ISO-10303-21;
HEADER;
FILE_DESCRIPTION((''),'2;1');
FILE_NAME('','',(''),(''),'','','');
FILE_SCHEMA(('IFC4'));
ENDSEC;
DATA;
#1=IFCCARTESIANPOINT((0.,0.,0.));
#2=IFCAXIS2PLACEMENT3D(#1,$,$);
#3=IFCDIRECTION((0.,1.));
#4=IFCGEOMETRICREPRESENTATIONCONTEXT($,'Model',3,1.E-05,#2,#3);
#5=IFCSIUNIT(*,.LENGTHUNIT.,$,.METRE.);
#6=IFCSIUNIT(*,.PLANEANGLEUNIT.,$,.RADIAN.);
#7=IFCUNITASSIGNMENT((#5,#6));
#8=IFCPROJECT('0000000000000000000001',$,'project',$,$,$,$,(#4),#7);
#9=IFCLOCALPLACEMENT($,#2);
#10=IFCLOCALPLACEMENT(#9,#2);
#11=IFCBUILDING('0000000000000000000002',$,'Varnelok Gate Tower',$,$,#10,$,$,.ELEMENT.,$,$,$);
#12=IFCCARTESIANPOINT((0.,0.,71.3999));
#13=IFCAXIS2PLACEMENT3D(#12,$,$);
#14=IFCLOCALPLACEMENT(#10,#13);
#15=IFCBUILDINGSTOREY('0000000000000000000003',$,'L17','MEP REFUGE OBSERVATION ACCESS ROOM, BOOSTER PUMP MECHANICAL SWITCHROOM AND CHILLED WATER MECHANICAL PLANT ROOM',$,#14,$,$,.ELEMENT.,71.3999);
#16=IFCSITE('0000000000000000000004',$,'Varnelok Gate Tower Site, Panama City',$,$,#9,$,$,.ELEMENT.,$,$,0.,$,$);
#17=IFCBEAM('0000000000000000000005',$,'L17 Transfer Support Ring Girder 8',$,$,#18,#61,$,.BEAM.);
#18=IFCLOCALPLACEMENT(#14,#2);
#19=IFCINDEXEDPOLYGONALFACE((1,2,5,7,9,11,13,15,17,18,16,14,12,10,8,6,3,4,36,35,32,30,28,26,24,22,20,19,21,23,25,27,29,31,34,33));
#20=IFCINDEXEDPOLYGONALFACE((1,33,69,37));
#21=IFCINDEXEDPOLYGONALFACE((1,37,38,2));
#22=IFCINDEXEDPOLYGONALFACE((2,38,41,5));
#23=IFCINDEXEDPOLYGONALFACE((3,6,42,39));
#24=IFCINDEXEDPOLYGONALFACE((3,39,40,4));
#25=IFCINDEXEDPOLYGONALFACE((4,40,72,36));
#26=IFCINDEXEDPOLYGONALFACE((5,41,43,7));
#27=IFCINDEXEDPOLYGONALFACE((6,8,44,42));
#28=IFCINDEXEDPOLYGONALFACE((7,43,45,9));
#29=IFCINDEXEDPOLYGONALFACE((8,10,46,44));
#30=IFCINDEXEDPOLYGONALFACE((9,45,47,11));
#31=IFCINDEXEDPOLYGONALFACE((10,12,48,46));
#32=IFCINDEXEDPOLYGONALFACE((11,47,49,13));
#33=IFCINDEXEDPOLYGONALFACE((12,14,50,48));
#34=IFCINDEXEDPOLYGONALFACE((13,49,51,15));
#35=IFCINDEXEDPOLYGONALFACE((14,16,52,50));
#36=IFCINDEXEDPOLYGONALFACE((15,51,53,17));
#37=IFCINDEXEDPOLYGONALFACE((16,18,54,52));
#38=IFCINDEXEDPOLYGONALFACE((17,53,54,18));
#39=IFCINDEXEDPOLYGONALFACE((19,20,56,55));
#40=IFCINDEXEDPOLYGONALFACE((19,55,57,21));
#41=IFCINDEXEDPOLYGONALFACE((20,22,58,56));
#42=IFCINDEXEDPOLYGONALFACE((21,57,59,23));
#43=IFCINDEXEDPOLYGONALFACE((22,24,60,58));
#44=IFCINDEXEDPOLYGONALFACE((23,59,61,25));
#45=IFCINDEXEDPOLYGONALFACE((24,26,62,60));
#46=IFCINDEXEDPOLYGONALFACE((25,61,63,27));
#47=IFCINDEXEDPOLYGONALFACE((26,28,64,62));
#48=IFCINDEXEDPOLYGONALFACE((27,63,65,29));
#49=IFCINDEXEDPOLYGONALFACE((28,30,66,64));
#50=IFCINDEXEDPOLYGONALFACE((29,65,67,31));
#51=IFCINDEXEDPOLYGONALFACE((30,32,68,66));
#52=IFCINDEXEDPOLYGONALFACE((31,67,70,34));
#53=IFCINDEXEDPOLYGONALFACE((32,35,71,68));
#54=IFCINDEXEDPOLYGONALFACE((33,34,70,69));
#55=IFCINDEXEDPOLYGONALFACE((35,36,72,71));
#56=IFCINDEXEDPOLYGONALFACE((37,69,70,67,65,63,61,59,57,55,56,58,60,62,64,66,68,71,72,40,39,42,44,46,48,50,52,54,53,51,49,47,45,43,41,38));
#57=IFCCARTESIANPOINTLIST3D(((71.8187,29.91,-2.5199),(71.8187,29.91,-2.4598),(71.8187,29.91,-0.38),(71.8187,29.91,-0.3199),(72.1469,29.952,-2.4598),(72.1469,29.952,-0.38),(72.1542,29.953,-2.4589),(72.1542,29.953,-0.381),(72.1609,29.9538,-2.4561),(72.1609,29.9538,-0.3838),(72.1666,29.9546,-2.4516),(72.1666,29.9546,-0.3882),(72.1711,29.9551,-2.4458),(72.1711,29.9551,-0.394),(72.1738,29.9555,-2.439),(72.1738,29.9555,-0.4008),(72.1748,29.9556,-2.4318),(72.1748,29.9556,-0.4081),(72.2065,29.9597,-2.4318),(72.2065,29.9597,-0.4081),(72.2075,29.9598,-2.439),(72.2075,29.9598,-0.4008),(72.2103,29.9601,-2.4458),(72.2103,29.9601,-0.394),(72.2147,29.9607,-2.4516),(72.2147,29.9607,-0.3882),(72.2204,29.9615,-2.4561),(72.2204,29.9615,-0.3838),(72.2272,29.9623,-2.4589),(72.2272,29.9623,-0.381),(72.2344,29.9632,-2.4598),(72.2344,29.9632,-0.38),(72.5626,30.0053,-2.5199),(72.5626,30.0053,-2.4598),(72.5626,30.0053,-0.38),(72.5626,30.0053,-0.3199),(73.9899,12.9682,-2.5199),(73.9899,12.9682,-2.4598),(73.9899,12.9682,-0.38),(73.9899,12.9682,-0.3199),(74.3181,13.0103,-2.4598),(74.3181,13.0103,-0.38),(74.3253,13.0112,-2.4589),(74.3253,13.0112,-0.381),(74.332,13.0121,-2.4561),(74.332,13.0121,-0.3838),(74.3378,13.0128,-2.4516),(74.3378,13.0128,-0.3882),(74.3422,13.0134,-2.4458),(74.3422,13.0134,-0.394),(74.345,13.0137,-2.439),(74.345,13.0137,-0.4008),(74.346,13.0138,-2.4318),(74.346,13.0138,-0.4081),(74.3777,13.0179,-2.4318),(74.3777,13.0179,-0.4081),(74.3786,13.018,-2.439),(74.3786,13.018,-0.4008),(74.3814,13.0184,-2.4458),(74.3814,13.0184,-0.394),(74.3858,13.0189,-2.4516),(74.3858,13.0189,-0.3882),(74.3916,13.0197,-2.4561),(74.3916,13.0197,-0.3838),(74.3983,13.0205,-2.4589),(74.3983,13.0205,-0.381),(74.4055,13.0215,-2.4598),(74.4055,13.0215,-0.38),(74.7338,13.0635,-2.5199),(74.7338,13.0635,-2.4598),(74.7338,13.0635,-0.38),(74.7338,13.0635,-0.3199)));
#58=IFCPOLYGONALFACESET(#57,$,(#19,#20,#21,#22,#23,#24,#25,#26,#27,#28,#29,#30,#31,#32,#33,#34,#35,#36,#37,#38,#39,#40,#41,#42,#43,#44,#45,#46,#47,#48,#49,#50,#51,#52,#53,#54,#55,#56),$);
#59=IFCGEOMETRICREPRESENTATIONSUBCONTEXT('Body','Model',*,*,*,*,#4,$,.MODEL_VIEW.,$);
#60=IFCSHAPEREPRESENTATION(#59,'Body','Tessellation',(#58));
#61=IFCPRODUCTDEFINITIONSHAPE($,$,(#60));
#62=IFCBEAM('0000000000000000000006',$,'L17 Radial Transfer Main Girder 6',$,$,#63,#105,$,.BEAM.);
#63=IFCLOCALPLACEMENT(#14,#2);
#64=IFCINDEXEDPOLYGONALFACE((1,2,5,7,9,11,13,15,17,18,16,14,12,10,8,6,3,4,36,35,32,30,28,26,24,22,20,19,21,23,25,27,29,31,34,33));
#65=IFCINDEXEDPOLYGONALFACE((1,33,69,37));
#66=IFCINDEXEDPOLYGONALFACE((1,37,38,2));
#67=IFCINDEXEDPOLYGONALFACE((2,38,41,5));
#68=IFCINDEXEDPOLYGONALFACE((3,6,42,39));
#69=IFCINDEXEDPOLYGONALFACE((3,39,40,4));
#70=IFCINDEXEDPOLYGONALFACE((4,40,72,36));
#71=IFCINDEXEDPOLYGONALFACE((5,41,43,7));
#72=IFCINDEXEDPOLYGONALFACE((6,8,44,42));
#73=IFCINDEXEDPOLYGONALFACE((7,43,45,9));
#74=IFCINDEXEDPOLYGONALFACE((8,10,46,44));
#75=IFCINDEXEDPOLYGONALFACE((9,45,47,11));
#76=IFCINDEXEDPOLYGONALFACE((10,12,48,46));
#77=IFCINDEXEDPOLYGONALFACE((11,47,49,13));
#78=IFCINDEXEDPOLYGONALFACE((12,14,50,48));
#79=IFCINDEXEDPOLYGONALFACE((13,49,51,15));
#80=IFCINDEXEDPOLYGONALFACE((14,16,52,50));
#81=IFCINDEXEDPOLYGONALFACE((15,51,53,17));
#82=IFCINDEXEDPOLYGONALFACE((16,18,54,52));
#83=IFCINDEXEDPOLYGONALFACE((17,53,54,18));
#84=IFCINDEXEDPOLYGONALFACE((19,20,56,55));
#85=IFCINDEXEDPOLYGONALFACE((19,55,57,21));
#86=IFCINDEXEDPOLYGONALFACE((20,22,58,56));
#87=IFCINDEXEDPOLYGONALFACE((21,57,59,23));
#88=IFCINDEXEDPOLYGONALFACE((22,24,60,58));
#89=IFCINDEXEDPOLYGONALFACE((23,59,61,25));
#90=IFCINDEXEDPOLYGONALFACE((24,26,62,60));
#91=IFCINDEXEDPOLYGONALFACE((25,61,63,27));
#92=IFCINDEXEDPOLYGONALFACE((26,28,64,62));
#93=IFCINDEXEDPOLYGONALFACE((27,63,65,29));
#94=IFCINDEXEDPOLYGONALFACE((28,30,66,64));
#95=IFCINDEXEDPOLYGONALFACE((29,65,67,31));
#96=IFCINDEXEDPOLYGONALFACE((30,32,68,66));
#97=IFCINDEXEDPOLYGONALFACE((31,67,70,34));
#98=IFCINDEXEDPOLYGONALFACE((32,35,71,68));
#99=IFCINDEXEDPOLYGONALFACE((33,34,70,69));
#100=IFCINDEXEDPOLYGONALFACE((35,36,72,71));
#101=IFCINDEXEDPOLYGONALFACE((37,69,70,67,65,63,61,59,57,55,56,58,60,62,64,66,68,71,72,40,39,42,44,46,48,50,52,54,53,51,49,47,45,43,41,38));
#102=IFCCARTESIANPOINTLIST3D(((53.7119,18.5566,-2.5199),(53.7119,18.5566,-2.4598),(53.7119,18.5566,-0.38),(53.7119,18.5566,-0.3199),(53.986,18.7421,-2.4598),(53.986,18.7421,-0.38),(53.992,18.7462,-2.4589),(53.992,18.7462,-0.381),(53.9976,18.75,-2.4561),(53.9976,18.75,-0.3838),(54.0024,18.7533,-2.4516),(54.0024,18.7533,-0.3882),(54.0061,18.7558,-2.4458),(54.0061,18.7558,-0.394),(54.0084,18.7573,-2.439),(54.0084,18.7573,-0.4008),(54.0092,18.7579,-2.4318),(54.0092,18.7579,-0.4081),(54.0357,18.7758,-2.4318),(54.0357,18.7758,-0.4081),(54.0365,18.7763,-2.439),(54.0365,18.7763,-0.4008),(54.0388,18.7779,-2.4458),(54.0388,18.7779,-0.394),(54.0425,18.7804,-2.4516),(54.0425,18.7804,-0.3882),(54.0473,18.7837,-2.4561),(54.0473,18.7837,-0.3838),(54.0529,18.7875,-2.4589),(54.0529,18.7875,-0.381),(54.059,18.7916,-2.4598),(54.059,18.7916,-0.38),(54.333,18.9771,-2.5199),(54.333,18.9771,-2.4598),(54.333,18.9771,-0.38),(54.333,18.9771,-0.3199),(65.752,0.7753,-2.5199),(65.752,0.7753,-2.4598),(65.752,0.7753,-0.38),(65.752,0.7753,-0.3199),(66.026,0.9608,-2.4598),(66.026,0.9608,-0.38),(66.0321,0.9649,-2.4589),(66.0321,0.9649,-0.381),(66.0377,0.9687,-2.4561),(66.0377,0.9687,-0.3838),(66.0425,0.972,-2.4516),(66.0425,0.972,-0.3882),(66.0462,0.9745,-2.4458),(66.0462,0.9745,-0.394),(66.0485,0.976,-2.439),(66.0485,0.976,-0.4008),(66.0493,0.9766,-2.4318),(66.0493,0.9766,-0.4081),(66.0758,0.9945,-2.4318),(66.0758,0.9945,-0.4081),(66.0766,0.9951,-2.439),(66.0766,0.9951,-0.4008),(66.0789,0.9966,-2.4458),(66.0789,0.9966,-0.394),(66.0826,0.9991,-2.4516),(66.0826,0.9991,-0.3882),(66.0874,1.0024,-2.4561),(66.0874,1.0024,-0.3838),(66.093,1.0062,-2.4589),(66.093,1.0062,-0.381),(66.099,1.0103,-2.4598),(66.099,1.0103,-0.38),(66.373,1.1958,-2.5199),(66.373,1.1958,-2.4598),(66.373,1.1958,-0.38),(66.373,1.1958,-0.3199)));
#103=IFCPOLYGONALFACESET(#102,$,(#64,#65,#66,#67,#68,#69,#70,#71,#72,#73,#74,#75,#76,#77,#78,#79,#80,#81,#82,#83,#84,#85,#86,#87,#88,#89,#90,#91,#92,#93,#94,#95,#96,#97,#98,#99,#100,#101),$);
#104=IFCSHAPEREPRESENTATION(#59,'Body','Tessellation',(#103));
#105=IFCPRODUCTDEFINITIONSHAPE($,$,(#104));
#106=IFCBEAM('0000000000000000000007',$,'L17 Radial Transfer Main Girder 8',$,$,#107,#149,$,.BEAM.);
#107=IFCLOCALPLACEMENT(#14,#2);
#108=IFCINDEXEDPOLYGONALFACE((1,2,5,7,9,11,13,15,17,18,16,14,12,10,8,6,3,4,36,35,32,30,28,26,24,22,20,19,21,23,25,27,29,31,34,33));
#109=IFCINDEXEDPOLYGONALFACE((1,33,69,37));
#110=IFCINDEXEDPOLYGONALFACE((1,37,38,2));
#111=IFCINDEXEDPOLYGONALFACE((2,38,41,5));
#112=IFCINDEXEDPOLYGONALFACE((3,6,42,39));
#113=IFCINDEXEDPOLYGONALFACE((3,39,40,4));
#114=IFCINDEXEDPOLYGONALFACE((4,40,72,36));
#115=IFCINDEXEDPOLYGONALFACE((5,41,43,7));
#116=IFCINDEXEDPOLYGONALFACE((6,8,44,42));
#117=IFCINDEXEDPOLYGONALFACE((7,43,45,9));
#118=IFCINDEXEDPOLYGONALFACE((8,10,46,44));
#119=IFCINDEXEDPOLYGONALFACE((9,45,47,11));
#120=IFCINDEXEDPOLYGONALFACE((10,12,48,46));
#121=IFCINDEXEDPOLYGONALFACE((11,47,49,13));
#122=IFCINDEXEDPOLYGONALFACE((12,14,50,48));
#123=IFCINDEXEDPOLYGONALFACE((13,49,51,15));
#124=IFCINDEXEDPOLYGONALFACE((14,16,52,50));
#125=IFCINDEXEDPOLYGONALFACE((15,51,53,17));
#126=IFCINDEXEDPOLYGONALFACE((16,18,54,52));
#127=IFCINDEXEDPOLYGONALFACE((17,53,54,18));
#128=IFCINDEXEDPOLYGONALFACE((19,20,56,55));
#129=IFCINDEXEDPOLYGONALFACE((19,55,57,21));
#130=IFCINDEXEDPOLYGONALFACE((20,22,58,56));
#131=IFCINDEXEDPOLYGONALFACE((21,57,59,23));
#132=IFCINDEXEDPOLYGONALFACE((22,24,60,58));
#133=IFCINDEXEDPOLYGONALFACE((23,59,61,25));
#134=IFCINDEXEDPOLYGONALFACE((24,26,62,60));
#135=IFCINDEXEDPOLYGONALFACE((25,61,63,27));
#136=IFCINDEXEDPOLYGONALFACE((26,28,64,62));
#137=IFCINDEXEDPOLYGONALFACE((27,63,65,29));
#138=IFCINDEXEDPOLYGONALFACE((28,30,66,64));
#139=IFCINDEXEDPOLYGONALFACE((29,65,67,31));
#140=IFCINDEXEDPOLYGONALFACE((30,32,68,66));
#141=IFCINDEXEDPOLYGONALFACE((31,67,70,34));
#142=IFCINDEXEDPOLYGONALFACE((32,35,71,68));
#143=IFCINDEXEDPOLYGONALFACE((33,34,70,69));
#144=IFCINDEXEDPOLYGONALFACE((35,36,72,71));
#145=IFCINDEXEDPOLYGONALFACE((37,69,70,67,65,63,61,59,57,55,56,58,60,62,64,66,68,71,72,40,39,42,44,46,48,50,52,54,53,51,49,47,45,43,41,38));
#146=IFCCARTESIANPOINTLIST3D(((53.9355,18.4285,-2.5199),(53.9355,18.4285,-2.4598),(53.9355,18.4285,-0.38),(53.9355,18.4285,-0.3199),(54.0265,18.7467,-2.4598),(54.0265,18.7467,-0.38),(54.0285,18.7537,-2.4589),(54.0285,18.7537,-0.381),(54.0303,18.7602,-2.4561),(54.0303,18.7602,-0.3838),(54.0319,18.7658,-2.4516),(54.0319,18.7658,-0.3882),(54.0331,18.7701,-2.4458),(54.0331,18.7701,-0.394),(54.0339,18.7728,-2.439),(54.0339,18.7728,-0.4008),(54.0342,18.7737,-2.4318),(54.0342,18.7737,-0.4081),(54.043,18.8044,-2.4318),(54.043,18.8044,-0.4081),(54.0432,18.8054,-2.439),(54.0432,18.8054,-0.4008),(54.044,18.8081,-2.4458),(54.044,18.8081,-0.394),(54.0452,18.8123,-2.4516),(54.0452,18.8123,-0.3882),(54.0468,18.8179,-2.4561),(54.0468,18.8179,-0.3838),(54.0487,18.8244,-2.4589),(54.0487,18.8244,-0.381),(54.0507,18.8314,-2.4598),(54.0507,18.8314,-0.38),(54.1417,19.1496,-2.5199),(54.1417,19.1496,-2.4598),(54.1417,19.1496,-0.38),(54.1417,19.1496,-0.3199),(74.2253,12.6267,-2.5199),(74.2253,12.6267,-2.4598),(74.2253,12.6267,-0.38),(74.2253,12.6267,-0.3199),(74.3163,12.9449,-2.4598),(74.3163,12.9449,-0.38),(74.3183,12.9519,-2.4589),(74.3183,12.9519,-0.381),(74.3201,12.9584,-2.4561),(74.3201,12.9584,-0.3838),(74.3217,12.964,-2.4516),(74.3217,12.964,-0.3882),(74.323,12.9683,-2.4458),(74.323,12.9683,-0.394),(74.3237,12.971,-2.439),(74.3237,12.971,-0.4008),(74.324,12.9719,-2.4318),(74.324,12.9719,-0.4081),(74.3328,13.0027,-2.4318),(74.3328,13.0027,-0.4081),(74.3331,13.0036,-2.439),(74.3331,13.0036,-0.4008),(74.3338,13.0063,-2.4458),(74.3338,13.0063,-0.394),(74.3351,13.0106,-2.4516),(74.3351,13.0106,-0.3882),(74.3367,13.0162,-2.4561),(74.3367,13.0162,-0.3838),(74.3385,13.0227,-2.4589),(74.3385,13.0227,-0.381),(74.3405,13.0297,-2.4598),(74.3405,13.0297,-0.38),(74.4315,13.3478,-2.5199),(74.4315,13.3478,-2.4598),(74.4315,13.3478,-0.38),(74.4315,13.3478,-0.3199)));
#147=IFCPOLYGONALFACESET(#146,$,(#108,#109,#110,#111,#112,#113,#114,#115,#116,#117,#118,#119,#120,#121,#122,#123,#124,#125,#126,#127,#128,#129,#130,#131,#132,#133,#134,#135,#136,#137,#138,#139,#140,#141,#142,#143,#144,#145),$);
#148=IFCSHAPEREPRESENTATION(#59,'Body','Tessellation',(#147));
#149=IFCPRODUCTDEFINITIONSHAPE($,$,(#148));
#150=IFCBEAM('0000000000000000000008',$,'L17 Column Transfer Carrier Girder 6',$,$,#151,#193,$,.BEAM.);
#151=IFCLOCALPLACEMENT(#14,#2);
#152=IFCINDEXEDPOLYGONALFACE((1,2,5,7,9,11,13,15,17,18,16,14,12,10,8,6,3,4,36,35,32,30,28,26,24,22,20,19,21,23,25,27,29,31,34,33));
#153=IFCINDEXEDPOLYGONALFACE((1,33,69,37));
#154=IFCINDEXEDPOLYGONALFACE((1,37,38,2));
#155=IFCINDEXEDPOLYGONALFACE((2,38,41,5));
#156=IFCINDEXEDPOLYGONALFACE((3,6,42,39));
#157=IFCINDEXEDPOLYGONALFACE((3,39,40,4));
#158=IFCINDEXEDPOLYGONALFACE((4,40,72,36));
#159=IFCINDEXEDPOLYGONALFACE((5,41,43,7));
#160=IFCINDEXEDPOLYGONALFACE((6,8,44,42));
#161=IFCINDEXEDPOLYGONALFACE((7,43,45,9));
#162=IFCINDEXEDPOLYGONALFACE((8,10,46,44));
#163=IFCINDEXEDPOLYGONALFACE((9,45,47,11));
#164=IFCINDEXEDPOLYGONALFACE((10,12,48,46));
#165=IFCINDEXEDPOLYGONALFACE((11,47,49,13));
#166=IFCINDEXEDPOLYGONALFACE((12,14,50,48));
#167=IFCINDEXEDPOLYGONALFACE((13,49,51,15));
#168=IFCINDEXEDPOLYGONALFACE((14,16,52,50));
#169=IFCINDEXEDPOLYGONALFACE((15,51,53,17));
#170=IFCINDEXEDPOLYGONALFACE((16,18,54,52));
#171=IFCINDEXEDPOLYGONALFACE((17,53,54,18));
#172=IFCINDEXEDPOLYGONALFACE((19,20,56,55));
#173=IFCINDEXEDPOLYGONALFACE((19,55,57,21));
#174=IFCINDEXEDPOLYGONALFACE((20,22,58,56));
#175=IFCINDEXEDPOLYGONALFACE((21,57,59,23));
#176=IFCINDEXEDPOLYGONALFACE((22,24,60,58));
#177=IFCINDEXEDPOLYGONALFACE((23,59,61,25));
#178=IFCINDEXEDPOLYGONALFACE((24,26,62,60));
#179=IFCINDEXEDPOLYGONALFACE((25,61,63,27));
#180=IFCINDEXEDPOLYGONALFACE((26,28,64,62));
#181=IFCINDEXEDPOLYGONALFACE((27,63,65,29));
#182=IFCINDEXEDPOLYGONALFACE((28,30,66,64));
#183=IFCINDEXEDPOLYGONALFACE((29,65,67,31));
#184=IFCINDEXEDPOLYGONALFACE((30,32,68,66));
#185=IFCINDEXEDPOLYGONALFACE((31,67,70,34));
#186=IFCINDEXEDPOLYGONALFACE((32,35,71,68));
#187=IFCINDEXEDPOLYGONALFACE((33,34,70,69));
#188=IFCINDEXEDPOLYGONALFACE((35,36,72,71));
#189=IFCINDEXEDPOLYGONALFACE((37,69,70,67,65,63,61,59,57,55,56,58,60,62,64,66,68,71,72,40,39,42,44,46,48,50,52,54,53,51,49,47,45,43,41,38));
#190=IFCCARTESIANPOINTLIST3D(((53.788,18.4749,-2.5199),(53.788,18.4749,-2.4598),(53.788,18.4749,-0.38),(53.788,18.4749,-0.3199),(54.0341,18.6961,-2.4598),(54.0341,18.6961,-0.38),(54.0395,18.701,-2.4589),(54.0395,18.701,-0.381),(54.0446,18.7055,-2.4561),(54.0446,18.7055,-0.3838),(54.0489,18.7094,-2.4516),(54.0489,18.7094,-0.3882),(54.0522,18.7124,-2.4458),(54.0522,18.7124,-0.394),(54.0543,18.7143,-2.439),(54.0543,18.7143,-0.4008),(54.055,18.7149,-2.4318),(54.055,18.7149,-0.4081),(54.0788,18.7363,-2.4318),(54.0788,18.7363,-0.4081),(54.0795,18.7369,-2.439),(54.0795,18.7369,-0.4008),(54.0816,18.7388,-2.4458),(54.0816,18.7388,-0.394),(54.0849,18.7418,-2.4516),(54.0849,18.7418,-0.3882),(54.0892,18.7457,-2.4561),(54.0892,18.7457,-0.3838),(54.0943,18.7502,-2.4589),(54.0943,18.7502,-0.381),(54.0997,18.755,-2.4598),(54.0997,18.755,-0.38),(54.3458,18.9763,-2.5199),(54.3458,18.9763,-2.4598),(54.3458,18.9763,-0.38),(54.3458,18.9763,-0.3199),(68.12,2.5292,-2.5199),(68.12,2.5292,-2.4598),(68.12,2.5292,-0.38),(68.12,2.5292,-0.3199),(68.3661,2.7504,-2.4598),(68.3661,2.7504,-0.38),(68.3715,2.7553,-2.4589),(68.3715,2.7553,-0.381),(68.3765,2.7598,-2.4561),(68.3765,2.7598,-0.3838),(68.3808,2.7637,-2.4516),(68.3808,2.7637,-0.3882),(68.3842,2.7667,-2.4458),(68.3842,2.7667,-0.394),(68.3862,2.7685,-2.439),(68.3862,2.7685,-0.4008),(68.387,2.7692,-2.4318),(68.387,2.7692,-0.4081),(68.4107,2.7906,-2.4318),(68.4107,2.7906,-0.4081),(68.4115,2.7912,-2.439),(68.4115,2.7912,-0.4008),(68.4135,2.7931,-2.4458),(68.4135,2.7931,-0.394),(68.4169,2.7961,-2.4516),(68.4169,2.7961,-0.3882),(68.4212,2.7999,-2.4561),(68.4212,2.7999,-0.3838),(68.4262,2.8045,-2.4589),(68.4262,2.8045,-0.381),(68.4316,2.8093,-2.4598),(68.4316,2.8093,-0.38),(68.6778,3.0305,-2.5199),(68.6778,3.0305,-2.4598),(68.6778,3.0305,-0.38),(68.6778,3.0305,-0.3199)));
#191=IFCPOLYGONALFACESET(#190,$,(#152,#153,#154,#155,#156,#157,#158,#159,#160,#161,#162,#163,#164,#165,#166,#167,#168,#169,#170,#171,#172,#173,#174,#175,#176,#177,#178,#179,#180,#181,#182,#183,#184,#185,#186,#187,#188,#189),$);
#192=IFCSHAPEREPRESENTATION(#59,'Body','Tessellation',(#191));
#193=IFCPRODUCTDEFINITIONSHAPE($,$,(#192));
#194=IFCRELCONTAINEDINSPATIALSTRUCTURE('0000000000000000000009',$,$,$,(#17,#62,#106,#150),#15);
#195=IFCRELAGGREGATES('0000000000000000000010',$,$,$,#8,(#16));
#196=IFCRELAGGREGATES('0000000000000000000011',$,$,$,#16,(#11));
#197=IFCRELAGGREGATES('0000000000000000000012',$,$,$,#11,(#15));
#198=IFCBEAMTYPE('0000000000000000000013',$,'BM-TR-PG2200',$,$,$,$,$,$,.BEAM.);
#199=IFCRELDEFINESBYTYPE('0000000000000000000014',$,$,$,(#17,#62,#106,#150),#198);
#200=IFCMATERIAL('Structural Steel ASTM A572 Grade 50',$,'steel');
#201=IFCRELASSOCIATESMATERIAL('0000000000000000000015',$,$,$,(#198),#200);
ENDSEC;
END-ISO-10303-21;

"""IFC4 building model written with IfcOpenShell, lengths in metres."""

from ifc_helpers import new_model, si_unit, direction, frame, origin, origin_2d, place, context, subcontext, project, spatial, i_section, extrude, material, material_profile, profile_set, type_object, element, save


model = new_model("IFC4")

# Units and contexts
model_context = context("Model", 3, precision=1e-05, world=origin(), true_north=direction((0.0, 1.0)))
body_context = subcontext(model_context, "Body", "Model", "MODEL_VIEW")
ifc_project = project(units=[si_unit("LENGTHUNIT", "METRE"), si_unit("PLANEANGLEUNIT", "RADIAN")], contexts=[model_context])

# Site, building, storey
site_placement = place(None, origin())
site = spatial("IfcSite", under=ifc_project, at=site_placement, Name="Varnelok Gate Tower Site, Panama City", CompositionType="ELEMENT", RefElevation=0.0)
building_placement = place(site_placement, origin())
building = spatial("IfcBuilding", under=site, at=building_placement, Name="Varnelok Gate Tower", CompositionType="ELEMENT")
storey_placement = place(building_placement, frame((0.0, 0.0, 71.3999)))
storey = spatial("IfcBuildingStorey", under=building, at=storey_placement, Name="L17", Description="MEP REFUGE OBSERVATION ACCESS ROOM, BOOSTER PUMP MECHANICAL SWITCHROOM AND CHILLED WATER MECHANICAL PLANT ROOM", CompositionType="ELEMENT", Elevation=71.3999)

# Beams
ifc_material_1 = material(Name="Structural Steel ASTM A572 Grade 50", Category="steel")
ifc_material_profile_1 = material_profile(ifc_material_1, i_section(OverallWidth=0.75, OverallDepth=2.2, WebThickness=0.032, FlangeThickness=0.0601, FilletRadius=0.0281, at=origin_2d()), Name="PG2200X750")
ifc_profile_set_1 = profile_set([ifc_material_profile_1], Name="Structural Steel ASTM A572 Grade 50")
beam_type_1 = type_object("IfcBeamType", Name="BM-TR-PG2200", PredefinedType="BEAM", material=ifc_profile_set_1)
beam_1_placement = place(storey_placement, frame((74.3618, 13.0159, -1.4199), z_axis=(-0.127115, 0.991888, 0.0), x_axis=(-0.991888, -0.127115, 0.0)))
element("IfcBeam", 1, at=beam_1_placement, inside=storey, type_object=beam_type_1, Name="L17 Transfer Support Ring Girder 8", PredefinedType="BEAM", context=body_context, shape_type="SweptSolid", body=[
    extrude(i_section(OverallWidth=0.75, OverallDepth=2.2, WebThickness=0.032, FlangeThickness=0.0601, FilletRadius=0.0281, at=origin_2d()), origin(), (0.0, 0.0, 1.0), 17.0803),
])
beam_2_placement = place(storey_placement, frame((54.0225, 18.7668, -1.4199), z_axis=(0.560678, -0.828034, 0.0), x_axis=(0.828034, 0.560678, 0.0)))
element("IfcBeam", 2, at=beam_2_placement, inside=storey, type_object=beam_type_1, Name="L17 Radial Transfer Main Girder 6", PredefinedType="BEAM", context=body_context, shape_type="SweptSolid", body=[
    extrude(i_section(OverallWidth=0.75, OverallDepth=2.2, WebThickness=0.032, FlangeThickness=0.0601, FilletRadius=0.0281, at=origin_2d()), origin(), (0.0, 0.0, 1.0), 21.4741),
])
beam_3_placement = place(storey_placement, frame((54.0386, 18.7891, -1.4199), z_axis=(0.961465, -0.274926, 0.0), x_axis=(0.274926, 0.961465, 0.0)))
element("IfcBeam", 3, at=beam_3_placement, inside=storey, type_object=beam_type_1, Name="L17 Radial Transfer Main Girder 8", PredefinedType="BEAM", context=body_context, shape_type="SweptSolid", body=[
    extrude(i_section(OverallWidth=0.75, OverallDepth=2.2, WebThickness=0.032, FlangeThickness=0.0601, FilletRadius=0.0281, at=origin_2d()), origin(), (0.0, 0.0, 1.0), 21.103),
])
beam_4_placement = place(storey_placement, frame((54.0669, 18.7256, -1.4199), z_axis=(0.66847, -0.743739, 0.0), x_axis=(0.743739, 0.66847, 0.0)))
element("IfcBeam", 4, at=beam_4_placement, inside=storey, type_object=beam_type_1, Name="L17 Column Transfer Carrier Girder 6", PredefinedType="BEAM", context=body_context, shape_type="SweptSolid", body=[
    extrude(i_section(OverallWidth=0.75, OverallDepth=2.2, WebThickness=0.032, FlangeThickness=0.0601, FilletRadius=0.0281, at=origin_2d()), origin(), (0.0, 0.0, 1.0), 21.4399),
])

save(model, "model.ifc")
